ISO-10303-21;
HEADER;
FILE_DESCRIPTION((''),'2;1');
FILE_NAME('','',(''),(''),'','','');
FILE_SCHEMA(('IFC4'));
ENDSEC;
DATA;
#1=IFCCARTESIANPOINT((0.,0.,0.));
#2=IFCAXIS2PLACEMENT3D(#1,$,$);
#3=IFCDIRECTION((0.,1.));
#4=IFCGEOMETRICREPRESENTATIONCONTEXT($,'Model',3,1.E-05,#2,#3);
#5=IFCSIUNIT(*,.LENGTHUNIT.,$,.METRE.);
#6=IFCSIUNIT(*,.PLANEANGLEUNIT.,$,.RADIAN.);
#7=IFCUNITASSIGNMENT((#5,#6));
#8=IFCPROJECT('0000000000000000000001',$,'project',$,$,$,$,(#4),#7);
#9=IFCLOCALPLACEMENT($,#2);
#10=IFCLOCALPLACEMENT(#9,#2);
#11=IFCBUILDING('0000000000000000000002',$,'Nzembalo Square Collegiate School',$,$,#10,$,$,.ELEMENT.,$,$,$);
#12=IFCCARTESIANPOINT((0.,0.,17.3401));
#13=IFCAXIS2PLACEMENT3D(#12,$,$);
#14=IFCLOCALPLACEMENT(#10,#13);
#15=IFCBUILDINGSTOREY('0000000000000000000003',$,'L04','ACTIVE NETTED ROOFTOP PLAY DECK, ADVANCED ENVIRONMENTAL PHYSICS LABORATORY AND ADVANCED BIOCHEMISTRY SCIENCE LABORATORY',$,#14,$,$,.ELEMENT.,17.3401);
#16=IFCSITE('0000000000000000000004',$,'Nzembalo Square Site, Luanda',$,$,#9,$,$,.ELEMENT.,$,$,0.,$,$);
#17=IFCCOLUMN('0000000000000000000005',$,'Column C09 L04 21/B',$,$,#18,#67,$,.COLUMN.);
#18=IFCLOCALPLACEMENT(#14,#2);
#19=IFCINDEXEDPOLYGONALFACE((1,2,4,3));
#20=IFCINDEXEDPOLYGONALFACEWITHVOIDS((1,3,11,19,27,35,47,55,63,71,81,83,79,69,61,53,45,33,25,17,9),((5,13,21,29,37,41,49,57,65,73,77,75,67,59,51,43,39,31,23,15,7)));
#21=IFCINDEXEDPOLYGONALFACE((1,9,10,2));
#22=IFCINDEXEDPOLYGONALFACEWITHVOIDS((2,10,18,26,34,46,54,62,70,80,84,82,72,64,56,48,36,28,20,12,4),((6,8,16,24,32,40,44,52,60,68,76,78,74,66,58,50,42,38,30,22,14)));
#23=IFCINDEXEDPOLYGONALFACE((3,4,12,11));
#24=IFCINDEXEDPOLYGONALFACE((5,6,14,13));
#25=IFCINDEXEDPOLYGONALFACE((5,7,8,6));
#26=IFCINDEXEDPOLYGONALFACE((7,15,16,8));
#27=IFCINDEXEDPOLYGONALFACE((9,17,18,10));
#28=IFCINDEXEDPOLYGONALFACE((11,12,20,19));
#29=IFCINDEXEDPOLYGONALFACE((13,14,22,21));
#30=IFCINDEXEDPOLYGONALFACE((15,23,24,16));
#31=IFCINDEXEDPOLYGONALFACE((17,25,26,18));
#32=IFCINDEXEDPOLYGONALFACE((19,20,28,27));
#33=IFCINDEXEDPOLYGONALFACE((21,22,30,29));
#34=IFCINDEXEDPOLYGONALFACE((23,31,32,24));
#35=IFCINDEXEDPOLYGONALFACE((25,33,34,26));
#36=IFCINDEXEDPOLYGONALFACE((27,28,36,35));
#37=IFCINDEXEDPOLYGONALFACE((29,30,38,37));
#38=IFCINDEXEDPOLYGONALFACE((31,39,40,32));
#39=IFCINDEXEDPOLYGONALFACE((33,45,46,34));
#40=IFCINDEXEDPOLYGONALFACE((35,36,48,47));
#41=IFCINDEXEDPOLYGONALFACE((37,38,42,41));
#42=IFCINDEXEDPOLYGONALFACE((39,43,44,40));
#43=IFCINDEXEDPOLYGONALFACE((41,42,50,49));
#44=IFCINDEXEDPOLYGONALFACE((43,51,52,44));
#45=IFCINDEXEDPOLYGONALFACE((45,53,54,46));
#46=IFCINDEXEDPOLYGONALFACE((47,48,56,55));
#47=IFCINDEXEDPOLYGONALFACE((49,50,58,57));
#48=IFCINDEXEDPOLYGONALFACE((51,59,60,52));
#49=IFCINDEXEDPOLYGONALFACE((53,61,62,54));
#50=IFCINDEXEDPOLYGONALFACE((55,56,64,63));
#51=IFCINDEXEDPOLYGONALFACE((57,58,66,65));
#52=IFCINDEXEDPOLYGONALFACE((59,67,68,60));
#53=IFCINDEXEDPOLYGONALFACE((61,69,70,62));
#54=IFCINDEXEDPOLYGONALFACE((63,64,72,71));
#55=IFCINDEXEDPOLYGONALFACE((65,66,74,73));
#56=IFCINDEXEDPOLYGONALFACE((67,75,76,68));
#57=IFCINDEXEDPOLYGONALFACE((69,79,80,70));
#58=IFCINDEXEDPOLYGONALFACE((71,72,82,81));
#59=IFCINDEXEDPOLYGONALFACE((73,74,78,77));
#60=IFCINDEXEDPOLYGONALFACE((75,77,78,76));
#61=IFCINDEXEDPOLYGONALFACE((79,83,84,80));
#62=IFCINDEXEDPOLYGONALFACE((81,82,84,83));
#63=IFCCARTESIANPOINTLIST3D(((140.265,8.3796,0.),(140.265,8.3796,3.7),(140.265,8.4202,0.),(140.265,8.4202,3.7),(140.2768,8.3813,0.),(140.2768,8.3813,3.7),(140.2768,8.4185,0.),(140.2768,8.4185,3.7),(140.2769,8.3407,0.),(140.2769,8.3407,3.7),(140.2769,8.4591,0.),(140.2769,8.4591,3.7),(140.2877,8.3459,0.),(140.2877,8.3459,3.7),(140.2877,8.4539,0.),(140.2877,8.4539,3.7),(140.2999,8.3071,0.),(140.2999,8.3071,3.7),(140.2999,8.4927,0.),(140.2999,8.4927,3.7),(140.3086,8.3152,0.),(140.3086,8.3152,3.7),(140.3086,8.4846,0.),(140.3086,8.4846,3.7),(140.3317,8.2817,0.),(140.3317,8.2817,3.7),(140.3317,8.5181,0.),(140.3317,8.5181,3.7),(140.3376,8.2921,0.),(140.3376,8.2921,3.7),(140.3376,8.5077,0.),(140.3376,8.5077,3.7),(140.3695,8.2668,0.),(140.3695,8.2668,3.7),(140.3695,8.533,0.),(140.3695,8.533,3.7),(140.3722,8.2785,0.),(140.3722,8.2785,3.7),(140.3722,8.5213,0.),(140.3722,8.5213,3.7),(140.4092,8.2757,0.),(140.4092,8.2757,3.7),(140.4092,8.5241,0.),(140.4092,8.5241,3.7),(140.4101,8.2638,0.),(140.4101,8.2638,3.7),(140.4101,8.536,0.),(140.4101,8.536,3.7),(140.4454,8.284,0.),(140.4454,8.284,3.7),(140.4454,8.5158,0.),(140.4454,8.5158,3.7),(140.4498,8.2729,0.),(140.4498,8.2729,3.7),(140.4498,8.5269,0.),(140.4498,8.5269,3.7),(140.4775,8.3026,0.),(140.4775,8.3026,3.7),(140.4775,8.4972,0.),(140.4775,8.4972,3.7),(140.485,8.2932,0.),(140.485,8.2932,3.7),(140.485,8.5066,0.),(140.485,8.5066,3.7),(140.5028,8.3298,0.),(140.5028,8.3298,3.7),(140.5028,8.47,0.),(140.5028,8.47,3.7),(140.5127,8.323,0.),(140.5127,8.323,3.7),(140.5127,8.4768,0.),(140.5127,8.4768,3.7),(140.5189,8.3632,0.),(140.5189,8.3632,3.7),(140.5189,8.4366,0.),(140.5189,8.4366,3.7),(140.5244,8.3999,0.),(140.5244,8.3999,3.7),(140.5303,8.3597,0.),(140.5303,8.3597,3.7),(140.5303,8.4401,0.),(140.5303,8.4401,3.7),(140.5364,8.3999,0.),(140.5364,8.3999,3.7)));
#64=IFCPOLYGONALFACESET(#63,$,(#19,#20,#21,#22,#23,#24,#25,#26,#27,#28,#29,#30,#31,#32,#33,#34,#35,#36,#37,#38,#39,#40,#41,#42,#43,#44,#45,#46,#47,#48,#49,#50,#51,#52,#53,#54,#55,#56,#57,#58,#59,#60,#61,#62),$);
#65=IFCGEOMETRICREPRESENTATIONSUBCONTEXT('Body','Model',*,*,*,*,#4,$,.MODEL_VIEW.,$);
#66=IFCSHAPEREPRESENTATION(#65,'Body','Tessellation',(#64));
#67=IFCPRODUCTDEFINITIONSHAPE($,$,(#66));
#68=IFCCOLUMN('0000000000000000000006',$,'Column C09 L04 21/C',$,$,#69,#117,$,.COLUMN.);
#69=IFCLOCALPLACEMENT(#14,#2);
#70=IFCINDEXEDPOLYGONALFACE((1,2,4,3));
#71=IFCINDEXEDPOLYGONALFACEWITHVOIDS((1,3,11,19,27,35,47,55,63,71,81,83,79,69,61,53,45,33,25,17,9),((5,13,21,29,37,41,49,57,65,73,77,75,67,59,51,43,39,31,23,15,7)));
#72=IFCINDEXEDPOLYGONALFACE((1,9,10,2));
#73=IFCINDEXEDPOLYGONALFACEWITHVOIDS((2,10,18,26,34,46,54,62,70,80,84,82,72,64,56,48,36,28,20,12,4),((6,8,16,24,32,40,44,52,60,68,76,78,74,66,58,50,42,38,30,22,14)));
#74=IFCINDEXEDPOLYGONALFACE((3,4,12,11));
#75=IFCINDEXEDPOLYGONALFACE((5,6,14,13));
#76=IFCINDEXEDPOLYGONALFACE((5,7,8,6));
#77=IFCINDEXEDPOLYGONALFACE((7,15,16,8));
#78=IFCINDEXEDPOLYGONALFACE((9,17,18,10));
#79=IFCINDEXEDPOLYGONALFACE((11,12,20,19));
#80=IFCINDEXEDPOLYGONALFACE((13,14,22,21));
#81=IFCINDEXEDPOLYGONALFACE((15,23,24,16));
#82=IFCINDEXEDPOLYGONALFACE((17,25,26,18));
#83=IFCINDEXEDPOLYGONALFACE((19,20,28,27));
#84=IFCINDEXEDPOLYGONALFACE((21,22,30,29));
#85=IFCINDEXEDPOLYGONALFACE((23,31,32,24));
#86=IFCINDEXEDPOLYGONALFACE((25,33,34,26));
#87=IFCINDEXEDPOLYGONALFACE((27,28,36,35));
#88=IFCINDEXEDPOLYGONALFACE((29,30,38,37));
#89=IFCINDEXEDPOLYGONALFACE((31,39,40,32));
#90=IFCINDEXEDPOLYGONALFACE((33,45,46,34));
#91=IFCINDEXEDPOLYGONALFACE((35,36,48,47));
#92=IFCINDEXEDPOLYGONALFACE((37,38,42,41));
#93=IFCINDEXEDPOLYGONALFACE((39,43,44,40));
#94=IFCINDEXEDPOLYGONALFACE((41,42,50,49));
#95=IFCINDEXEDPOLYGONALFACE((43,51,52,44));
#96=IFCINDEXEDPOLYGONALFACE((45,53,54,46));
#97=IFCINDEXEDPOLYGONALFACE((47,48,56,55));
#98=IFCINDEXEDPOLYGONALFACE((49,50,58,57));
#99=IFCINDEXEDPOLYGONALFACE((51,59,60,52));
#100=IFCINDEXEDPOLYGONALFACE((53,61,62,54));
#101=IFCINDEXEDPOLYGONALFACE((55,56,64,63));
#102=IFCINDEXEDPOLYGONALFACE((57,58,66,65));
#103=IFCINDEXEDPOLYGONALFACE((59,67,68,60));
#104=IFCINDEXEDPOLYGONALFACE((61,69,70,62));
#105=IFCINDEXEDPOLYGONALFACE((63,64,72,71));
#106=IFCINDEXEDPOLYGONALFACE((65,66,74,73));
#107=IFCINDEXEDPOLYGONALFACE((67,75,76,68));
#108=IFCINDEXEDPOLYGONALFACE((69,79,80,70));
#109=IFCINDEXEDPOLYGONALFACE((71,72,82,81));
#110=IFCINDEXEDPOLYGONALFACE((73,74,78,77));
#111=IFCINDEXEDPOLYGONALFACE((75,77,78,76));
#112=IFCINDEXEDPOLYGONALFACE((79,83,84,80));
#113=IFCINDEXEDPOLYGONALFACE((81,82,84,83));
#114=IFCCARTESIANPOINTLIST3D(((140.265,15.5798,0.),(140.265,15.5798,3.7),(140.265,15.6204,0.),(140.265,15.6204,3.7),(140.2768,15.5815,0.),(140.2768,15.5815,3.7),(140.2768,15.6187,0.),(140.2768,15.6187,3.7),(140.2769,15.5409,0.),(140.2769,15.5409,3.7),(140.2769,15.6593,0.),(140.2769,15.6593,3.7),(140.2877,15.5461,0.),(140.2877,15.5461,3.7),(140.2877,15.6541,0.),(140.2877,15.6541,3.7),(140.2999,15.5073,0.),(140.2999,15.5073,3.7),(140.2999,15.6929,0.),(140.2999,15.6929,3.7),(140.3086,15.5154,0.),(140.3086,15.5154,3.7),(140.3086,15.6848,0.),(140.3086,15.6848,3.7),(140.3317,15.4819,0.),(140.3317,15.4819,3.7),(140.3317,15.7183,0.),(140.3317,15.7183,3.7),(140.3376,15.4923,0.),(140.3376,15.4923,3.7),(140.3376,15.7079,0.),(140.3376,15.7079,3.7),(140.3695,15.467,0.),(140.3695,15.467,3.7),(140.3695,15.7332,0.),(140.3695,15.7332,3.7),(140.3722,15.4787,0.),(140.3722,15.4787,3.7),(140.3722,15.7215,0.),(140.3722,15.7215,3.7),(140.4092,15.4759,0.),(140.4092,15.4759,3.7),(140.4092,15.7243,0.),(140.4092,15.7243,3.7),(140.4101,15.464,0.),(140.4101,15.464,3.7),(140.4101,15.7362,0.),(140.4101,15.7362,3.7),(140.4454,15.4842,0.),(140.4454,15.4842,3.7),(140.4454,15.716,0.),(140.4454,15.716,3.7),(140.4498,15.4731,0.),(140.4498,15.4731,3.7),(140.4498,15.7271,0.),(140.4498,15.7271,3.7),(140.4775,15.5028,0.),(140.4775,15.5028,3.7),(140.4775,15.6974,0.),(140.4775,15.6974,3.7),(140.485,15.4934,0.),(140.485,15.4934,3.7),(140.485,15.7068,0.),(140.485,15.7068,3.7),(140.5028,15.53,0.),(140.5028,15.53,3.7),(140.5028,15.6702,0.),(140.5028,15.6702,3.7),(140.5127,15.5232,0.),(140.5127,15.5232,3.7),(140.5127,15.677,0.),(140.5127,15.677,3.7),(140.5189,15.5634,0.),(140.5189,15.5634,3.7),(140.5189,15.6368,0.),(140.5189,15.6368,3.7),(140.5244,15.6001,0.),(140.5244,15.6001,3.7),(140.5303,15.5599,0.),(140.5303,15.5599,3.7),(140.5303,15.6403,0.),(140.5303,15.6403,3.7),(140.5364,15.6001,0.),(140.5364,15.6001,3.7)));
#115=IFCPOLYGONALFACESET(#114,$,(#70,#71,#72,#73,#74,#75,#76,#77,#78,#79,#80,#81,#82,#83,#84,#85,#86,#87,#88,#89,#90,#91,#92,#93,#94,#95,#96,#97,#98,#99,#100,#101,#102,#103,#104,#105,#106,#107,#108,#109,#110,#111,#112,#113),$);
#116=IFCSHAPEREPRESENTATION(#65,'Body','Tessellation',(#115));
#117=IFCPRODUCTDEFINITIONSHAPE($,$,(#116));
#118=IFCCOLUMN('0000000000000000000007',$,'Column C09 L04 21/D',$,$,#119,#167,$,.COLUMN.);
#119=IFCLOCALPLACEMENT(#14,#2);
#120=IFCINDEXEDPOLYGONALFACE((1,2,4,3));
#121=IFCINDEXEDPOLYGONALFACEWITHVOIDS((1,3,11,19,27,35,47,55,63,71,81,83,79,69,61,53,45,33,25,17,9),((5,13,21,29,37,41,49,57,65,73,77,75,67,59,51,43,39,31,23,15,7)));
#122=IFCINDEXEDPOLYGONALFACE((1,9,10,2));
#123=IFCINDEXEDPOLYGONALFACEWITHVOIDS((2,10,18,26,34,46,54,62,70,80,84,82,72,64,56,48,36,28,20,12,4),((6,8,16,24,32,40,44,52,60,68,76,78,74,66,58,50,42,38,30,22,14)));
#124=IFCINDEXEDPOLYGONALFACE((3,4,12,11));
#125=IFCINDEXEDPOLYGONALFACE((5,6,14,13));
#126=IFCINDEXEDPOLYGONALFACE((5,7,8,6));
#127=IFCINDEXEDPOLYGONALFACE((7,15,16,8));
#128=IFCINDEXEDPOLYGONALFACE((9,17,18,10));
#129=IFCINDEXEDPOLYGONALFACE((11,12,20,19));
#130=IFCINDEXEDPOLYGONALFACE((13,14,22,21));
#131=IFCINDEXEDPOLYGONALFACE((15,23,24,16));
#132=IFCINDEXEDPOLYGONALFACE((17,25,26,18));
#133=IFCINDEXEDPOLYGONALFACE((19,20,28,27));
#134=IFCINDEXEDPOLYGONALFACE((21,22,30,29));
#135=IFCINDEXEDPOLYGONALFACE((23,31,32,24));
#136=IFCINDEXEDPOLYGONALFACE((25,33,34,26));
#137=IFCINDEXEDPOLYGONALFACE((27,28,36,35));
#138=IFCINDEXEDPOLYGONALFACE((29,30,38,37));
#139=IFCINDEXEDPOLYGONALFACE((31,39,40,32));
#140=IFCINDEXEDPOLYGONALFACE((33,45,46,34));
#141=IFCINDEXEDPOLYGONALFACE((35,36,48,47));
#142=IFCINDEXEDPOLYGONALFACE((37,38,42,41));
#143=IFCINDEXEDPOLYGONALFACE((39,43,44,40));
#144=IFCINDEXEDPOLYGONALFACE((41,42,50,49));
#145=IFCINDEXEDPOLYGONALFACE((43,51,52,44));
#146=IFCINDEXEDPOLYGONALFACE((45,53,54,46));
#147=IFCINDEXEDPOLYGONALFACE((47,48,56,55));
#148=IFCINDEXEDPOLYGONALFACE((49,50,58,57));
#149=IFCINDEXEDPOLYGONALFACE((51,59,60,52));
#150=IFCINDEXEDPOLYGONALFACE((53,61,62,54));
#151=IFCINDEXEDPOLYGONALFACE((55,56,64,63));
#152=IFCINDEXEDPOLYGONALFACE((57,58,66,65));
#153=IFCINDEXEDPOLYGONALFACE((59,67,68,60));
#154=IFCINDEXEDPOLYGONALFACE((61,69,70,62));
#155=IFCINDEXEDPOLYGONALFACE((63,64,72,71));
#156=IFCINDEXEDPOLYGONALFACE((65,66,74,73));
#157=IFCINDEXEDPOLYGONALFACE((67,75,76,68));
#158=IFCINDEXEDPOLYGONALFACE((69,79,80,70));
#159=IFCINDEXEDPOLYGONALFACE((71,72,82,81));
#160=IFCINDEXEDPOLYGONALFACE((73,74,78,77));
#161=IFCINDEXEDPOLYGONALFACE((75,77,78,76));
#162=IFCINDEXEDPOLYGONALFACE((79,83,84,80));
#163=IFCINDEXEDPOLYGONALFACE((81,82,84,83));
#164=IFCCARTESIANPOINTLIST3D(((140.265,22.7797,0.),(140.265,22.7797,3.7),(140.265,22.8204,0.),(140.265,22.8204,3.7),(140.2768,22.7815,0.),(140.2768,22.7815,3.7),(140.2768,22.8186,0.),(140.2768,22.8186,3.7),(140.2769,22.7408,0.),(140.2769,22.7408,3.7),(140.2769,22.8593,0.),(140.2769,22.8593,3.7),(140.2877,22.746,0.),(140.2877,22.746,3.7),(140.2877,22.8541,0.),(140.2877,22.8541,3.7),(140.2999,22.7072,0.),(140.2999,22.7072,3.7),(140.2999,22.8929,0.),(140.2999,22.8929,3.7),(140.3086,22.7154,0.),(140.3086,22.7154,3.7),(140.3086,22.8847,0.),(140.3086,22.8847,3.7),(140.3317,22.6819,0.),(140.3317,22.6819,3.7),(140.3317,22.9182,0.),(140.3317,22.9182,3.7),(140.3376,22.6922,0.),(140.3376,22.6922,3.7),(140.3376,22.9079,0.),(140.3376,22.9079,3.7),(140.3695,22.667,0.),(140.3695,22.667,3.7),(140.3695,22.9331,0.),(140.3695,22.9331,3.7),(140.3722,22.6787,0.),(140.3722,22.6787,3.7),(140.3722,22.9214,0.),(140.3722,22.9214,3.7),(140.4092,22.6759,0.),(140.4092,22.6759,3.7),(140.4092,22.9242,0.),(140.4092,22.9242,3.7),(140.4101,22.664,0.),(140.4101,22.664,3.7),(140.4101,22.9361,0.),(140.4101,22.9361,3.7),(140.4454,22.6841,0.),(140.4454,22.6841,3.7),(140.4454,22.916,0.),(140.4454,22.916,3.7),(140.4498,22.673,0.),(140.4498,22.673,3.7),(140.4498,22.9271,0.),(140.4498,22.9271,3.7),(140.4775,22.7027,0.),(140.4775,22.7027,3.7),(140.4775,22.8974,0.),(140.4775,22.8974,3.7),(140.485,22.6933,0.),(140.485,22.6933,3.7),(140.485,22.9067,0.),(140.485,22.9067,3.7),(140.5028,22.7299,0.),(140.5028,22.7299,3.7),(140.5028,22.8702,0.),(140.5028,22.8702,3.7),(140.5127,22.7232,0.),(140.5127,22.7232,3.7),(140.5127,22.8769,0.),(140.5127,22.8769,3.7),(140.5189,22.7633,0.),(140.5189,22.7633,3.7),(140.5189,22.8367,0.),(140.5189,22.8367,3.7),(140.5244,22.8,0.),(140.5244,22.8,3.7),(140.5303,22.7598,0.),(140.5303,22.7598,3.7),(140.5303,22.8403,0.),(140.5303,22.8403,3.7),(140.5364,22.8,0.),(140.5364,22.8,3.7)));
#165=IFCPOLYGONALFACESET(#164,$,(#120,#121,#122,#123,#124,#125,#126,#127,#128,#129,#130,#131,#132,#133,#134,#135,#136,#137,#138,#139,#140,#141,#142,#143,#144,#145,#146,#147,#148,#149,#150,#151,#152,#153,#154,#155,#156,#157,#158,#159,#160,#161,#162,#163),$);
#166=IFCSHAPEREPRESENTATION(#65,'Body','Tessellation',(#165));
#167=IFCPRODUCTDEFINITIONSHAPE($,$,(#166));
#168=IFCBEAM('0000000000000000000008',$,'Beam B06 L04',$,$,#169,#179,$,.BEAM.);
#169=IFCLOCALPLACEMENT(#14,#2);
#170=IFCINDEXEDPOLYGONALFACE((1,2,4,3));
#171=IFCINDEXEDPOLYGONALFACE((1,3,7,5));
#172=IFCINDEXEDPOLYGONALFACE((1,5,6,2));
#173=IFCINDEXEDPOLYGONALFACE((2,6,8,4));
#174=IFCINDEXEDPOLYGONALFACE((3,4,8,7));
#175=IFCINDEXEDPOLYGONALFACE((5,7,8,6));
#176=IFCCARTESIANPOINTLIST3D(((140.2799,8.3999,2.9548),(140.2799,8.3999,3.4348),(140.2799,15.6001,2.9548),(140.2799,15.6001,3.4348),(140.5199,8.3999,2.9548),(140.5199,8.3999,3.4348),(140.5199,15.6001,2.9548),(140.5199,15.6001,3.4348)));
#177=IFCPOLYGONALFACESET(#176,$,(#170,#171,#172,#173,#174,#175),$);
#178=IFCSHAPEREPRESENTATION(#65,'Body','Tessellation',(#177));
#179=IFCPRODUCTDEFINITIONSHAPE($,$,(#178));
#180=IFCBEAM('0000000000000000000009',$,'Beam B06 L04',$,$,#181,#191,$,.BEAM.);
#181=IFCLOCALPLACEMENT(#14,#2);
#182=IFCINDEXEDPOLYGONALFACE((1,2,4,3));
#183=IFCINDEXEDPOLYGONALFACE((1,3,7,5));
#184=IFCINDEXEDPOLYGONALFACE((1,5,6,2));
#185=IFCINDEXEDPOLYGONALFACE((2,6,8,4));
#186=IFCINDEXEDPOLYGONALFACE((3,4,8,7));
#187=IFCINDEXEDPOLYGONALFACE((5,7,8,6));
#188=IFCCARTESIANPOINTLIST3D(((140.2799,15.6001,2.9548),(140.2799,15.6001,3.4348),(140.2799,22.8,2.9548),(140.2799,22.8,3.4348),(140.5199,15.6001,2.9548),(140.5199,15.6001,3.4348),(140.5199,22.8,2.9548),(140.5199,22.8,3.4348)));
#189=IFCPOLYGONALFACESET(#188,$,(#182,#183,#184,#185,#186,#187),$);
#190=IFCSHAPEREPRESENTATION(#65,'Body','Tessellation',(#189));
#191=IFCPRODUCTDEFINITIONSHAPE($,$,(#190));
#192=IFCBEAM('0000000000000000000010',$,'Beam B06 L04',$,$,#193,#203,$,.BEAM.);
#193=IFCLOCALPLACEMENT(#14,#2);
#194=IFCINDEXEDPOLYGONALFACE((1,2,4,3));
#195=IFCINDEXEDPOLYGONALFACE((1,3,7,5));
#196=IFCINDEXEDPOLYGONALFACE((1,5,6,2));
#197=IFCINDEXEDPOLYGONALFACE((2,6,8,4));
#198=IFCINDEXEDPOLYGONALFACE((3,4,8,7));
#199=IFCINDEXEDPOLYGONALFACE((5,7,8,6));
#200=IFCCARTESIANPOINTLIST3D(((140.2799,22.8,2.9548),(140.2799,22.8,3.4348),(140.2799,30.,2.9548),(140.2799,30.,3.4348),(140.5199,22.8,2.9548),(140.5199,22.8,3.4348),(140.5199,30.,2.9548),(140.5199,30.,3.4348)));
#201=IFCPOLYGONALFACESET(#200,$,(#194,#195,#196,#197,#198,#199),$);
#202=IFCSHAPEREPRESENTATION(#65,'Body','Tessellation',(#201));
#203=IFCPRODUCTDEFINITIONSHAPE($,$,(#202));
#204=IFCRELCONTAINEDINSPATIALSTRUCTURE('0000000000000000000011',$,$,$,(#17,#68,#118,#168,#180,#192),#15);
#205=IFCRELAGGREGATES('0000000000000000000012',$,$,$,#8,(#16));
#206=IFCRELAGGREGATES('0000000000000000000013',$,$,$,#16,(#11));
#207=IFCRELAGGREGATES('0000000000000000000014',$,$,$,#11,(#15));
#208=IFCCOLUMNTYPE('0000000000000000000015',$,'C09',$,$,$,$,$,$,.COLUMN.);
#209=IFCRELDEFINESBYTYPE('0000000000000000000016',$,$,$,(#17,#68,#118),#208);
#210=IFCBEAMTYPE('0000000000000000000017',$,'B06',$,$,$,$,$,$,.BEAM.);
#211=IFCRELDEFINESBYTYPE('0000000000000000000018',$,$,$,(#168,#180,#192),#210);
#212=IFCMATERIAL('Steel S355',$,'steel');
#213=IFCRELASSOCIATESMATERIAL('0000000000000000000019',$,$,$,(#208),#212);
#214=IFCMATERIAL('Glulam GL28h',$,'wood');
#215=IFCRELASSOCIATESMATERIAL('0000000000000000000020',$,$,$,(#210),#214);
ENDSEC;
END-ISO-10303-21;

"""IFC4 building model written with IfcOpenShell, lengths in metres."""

from ifc_helpers import new_model, si_unit, direction, frame, origin, origin_2d, place, context, subcontext, project, spatial, rectangle, hollow_circle, extrude, material, material_profile, profile_set, type_object, element, save


model = new_model("IFC4")

# Units and contexts
model_context = context("Model", 3, precision=1e-05, world=origin(), true_north=direction((0.0, 1.0)))
body_context = subcontext(model_context, "Body", "Model", "MODEL_VIEW")
ifc_project = project(units=[si_unit("LENGTHUNIT", "METRE"), si_unit("PLANEANGLEUNIT", "RADIAN")], contexts=[model_context])

# Site, building, storey
site_placement = place(None, origin())
site = spatial("IfcSite", under=ifc_project, at=site_placement, Name="Nzembalo Square Site, Luanda", CompositionType="ELEMENT", RefElevation=0.0)
building_placement = place(site_placement, origin())
building = spatial("IfcBuilding", under=site, at=building_placement, Name="Nzembalo Square Collegiate School", CompositionType="ELEMENT")
storey_placement = place(building_placement, frame((0.0, 0.0, 17.3401)))
storey = spatial("IfcBuildingStorey", under=building, at=storey_placement, Name="L04", Description="ACTIVE NETTED ROOFTOP PLAY DECK, ADVANCED ENVIRONMENTAL PHYSICS LABORATORY AND ADVANCED BIOCHEMISTRY SCIENCE LABORATORY", CompositionType="ELEMENT", Elevation=17.3401)

# Columns
ifc_material_1 = material(Name="Steel S355", Category="steel")
ifc_material_profile_1 = material_profile(ifc_material_1, hollow_circle(Radius=0.1365, WallThickness=0.012, at=origin_2d()), Name="CHS 273x12")
ifc_profile_set_1 = profile_set([ifc_material_profile_1], Name="Steel S355")
column_type = type_object("IfcColumnType", Name="C09", PredefinedType="COLUMN", material=ifc_profile_set_1)
for number, where, z_axis, x_axis, name in (
    (1, (140.3999, 8.3999, 0.0), (0.0, 0.0, 1.0), (1.0, 0.0, 0.0), "Column C09 L04 21/B"),
    (2, (140.3999, 15.6001, 0.0), (0.0, 0.0, 1.0), (1.0, 0.0, 0.0), "Column C09 L04 21/C"),
    (3, (140.3999, 22.8, 0.0), (0.0, 0.0, 1.0), (1.0, 0.0, 0.0), "Column C09 L04 21/D"),
):
    element("IfcColumn", number, at=place(storey_placement, frame(where, z_axis=z_axis, x_axis=x_axis)), inside=storey, type_object=column_type, Name=name, PredefinedType="COLUMN", context=body_context, shape_type="SweptSolid", body=[
        extrude(hollow_circle(Radius=0.1365, WallThickness=0.012, at=origin_2d()), origin(), (0.0, 0.0, 1.0), 3.7),
    ])

# Beams
ifc_material_2 = material(Name="Glulam GL28h", Category="wood")
ifc_material_profile_2 = material_profile(ifc_material_2, rectangle(XDim=0.24, YDim=0.48, at=origin_2d()), Name="GL28h 240x480")
ifc_profile_set_2 = profile_set([ifc_material_profile_2], Name="Glulam GL28h")
beam_type_1 = type_object("IfcBeamType", Name="B06", PredefinedType="BEAM", material=ifc_profile_set_2)
beam_1_placement = place(storey_placement, frame((140.3999, 8.3999, 3.1948), z_axis=(0.0, 1.0, 0.0), x_axis=(-1.0, 0.0, 0.0)))
element("IfcBeam", 4, at=beam_1_placement, inside=storey, type_object=beam_type_1, Name="Beam B06 L04", PredefinedType="BEAM", context=body_context, shape_type="SweptSolid", body=[
    extrude(rectangle(XDim=0.24, YDim=0.48, at=origin_2d()), origin(), (0.0, 0.0, 1.0), 7.2002),
])
for number, where, z_axis, x_axis, name in (
    (5, (140.3999, 15.6001, 3.1948), (0.0, 1.0, 0.0), (-1.0, 0.0, 0.0), "Beam B06 L04"),
    (6, (140.3999, 22.8, 3.1948), (0.0, 1.0, 0.0), (-1.0, 0.0, 0.0), "Beam B06 L04"),
):
    element("IfcBeam", number, at=place(storey_placement, frame(where, z_axis=z_axis, x_axis=x_axis)), inside=storey, type_object=beam_type_1, Name=name, PredefinedType="BEAM", context=body_context, shape_type="SweptSolid", body=[
        extrude(rectangle(XDim=0.24, YDim=0.48, at=origin_2d()), origin(), (0.0, 0.0, 1.0), 7.2),
    ])

save(model, "model.ifc")
